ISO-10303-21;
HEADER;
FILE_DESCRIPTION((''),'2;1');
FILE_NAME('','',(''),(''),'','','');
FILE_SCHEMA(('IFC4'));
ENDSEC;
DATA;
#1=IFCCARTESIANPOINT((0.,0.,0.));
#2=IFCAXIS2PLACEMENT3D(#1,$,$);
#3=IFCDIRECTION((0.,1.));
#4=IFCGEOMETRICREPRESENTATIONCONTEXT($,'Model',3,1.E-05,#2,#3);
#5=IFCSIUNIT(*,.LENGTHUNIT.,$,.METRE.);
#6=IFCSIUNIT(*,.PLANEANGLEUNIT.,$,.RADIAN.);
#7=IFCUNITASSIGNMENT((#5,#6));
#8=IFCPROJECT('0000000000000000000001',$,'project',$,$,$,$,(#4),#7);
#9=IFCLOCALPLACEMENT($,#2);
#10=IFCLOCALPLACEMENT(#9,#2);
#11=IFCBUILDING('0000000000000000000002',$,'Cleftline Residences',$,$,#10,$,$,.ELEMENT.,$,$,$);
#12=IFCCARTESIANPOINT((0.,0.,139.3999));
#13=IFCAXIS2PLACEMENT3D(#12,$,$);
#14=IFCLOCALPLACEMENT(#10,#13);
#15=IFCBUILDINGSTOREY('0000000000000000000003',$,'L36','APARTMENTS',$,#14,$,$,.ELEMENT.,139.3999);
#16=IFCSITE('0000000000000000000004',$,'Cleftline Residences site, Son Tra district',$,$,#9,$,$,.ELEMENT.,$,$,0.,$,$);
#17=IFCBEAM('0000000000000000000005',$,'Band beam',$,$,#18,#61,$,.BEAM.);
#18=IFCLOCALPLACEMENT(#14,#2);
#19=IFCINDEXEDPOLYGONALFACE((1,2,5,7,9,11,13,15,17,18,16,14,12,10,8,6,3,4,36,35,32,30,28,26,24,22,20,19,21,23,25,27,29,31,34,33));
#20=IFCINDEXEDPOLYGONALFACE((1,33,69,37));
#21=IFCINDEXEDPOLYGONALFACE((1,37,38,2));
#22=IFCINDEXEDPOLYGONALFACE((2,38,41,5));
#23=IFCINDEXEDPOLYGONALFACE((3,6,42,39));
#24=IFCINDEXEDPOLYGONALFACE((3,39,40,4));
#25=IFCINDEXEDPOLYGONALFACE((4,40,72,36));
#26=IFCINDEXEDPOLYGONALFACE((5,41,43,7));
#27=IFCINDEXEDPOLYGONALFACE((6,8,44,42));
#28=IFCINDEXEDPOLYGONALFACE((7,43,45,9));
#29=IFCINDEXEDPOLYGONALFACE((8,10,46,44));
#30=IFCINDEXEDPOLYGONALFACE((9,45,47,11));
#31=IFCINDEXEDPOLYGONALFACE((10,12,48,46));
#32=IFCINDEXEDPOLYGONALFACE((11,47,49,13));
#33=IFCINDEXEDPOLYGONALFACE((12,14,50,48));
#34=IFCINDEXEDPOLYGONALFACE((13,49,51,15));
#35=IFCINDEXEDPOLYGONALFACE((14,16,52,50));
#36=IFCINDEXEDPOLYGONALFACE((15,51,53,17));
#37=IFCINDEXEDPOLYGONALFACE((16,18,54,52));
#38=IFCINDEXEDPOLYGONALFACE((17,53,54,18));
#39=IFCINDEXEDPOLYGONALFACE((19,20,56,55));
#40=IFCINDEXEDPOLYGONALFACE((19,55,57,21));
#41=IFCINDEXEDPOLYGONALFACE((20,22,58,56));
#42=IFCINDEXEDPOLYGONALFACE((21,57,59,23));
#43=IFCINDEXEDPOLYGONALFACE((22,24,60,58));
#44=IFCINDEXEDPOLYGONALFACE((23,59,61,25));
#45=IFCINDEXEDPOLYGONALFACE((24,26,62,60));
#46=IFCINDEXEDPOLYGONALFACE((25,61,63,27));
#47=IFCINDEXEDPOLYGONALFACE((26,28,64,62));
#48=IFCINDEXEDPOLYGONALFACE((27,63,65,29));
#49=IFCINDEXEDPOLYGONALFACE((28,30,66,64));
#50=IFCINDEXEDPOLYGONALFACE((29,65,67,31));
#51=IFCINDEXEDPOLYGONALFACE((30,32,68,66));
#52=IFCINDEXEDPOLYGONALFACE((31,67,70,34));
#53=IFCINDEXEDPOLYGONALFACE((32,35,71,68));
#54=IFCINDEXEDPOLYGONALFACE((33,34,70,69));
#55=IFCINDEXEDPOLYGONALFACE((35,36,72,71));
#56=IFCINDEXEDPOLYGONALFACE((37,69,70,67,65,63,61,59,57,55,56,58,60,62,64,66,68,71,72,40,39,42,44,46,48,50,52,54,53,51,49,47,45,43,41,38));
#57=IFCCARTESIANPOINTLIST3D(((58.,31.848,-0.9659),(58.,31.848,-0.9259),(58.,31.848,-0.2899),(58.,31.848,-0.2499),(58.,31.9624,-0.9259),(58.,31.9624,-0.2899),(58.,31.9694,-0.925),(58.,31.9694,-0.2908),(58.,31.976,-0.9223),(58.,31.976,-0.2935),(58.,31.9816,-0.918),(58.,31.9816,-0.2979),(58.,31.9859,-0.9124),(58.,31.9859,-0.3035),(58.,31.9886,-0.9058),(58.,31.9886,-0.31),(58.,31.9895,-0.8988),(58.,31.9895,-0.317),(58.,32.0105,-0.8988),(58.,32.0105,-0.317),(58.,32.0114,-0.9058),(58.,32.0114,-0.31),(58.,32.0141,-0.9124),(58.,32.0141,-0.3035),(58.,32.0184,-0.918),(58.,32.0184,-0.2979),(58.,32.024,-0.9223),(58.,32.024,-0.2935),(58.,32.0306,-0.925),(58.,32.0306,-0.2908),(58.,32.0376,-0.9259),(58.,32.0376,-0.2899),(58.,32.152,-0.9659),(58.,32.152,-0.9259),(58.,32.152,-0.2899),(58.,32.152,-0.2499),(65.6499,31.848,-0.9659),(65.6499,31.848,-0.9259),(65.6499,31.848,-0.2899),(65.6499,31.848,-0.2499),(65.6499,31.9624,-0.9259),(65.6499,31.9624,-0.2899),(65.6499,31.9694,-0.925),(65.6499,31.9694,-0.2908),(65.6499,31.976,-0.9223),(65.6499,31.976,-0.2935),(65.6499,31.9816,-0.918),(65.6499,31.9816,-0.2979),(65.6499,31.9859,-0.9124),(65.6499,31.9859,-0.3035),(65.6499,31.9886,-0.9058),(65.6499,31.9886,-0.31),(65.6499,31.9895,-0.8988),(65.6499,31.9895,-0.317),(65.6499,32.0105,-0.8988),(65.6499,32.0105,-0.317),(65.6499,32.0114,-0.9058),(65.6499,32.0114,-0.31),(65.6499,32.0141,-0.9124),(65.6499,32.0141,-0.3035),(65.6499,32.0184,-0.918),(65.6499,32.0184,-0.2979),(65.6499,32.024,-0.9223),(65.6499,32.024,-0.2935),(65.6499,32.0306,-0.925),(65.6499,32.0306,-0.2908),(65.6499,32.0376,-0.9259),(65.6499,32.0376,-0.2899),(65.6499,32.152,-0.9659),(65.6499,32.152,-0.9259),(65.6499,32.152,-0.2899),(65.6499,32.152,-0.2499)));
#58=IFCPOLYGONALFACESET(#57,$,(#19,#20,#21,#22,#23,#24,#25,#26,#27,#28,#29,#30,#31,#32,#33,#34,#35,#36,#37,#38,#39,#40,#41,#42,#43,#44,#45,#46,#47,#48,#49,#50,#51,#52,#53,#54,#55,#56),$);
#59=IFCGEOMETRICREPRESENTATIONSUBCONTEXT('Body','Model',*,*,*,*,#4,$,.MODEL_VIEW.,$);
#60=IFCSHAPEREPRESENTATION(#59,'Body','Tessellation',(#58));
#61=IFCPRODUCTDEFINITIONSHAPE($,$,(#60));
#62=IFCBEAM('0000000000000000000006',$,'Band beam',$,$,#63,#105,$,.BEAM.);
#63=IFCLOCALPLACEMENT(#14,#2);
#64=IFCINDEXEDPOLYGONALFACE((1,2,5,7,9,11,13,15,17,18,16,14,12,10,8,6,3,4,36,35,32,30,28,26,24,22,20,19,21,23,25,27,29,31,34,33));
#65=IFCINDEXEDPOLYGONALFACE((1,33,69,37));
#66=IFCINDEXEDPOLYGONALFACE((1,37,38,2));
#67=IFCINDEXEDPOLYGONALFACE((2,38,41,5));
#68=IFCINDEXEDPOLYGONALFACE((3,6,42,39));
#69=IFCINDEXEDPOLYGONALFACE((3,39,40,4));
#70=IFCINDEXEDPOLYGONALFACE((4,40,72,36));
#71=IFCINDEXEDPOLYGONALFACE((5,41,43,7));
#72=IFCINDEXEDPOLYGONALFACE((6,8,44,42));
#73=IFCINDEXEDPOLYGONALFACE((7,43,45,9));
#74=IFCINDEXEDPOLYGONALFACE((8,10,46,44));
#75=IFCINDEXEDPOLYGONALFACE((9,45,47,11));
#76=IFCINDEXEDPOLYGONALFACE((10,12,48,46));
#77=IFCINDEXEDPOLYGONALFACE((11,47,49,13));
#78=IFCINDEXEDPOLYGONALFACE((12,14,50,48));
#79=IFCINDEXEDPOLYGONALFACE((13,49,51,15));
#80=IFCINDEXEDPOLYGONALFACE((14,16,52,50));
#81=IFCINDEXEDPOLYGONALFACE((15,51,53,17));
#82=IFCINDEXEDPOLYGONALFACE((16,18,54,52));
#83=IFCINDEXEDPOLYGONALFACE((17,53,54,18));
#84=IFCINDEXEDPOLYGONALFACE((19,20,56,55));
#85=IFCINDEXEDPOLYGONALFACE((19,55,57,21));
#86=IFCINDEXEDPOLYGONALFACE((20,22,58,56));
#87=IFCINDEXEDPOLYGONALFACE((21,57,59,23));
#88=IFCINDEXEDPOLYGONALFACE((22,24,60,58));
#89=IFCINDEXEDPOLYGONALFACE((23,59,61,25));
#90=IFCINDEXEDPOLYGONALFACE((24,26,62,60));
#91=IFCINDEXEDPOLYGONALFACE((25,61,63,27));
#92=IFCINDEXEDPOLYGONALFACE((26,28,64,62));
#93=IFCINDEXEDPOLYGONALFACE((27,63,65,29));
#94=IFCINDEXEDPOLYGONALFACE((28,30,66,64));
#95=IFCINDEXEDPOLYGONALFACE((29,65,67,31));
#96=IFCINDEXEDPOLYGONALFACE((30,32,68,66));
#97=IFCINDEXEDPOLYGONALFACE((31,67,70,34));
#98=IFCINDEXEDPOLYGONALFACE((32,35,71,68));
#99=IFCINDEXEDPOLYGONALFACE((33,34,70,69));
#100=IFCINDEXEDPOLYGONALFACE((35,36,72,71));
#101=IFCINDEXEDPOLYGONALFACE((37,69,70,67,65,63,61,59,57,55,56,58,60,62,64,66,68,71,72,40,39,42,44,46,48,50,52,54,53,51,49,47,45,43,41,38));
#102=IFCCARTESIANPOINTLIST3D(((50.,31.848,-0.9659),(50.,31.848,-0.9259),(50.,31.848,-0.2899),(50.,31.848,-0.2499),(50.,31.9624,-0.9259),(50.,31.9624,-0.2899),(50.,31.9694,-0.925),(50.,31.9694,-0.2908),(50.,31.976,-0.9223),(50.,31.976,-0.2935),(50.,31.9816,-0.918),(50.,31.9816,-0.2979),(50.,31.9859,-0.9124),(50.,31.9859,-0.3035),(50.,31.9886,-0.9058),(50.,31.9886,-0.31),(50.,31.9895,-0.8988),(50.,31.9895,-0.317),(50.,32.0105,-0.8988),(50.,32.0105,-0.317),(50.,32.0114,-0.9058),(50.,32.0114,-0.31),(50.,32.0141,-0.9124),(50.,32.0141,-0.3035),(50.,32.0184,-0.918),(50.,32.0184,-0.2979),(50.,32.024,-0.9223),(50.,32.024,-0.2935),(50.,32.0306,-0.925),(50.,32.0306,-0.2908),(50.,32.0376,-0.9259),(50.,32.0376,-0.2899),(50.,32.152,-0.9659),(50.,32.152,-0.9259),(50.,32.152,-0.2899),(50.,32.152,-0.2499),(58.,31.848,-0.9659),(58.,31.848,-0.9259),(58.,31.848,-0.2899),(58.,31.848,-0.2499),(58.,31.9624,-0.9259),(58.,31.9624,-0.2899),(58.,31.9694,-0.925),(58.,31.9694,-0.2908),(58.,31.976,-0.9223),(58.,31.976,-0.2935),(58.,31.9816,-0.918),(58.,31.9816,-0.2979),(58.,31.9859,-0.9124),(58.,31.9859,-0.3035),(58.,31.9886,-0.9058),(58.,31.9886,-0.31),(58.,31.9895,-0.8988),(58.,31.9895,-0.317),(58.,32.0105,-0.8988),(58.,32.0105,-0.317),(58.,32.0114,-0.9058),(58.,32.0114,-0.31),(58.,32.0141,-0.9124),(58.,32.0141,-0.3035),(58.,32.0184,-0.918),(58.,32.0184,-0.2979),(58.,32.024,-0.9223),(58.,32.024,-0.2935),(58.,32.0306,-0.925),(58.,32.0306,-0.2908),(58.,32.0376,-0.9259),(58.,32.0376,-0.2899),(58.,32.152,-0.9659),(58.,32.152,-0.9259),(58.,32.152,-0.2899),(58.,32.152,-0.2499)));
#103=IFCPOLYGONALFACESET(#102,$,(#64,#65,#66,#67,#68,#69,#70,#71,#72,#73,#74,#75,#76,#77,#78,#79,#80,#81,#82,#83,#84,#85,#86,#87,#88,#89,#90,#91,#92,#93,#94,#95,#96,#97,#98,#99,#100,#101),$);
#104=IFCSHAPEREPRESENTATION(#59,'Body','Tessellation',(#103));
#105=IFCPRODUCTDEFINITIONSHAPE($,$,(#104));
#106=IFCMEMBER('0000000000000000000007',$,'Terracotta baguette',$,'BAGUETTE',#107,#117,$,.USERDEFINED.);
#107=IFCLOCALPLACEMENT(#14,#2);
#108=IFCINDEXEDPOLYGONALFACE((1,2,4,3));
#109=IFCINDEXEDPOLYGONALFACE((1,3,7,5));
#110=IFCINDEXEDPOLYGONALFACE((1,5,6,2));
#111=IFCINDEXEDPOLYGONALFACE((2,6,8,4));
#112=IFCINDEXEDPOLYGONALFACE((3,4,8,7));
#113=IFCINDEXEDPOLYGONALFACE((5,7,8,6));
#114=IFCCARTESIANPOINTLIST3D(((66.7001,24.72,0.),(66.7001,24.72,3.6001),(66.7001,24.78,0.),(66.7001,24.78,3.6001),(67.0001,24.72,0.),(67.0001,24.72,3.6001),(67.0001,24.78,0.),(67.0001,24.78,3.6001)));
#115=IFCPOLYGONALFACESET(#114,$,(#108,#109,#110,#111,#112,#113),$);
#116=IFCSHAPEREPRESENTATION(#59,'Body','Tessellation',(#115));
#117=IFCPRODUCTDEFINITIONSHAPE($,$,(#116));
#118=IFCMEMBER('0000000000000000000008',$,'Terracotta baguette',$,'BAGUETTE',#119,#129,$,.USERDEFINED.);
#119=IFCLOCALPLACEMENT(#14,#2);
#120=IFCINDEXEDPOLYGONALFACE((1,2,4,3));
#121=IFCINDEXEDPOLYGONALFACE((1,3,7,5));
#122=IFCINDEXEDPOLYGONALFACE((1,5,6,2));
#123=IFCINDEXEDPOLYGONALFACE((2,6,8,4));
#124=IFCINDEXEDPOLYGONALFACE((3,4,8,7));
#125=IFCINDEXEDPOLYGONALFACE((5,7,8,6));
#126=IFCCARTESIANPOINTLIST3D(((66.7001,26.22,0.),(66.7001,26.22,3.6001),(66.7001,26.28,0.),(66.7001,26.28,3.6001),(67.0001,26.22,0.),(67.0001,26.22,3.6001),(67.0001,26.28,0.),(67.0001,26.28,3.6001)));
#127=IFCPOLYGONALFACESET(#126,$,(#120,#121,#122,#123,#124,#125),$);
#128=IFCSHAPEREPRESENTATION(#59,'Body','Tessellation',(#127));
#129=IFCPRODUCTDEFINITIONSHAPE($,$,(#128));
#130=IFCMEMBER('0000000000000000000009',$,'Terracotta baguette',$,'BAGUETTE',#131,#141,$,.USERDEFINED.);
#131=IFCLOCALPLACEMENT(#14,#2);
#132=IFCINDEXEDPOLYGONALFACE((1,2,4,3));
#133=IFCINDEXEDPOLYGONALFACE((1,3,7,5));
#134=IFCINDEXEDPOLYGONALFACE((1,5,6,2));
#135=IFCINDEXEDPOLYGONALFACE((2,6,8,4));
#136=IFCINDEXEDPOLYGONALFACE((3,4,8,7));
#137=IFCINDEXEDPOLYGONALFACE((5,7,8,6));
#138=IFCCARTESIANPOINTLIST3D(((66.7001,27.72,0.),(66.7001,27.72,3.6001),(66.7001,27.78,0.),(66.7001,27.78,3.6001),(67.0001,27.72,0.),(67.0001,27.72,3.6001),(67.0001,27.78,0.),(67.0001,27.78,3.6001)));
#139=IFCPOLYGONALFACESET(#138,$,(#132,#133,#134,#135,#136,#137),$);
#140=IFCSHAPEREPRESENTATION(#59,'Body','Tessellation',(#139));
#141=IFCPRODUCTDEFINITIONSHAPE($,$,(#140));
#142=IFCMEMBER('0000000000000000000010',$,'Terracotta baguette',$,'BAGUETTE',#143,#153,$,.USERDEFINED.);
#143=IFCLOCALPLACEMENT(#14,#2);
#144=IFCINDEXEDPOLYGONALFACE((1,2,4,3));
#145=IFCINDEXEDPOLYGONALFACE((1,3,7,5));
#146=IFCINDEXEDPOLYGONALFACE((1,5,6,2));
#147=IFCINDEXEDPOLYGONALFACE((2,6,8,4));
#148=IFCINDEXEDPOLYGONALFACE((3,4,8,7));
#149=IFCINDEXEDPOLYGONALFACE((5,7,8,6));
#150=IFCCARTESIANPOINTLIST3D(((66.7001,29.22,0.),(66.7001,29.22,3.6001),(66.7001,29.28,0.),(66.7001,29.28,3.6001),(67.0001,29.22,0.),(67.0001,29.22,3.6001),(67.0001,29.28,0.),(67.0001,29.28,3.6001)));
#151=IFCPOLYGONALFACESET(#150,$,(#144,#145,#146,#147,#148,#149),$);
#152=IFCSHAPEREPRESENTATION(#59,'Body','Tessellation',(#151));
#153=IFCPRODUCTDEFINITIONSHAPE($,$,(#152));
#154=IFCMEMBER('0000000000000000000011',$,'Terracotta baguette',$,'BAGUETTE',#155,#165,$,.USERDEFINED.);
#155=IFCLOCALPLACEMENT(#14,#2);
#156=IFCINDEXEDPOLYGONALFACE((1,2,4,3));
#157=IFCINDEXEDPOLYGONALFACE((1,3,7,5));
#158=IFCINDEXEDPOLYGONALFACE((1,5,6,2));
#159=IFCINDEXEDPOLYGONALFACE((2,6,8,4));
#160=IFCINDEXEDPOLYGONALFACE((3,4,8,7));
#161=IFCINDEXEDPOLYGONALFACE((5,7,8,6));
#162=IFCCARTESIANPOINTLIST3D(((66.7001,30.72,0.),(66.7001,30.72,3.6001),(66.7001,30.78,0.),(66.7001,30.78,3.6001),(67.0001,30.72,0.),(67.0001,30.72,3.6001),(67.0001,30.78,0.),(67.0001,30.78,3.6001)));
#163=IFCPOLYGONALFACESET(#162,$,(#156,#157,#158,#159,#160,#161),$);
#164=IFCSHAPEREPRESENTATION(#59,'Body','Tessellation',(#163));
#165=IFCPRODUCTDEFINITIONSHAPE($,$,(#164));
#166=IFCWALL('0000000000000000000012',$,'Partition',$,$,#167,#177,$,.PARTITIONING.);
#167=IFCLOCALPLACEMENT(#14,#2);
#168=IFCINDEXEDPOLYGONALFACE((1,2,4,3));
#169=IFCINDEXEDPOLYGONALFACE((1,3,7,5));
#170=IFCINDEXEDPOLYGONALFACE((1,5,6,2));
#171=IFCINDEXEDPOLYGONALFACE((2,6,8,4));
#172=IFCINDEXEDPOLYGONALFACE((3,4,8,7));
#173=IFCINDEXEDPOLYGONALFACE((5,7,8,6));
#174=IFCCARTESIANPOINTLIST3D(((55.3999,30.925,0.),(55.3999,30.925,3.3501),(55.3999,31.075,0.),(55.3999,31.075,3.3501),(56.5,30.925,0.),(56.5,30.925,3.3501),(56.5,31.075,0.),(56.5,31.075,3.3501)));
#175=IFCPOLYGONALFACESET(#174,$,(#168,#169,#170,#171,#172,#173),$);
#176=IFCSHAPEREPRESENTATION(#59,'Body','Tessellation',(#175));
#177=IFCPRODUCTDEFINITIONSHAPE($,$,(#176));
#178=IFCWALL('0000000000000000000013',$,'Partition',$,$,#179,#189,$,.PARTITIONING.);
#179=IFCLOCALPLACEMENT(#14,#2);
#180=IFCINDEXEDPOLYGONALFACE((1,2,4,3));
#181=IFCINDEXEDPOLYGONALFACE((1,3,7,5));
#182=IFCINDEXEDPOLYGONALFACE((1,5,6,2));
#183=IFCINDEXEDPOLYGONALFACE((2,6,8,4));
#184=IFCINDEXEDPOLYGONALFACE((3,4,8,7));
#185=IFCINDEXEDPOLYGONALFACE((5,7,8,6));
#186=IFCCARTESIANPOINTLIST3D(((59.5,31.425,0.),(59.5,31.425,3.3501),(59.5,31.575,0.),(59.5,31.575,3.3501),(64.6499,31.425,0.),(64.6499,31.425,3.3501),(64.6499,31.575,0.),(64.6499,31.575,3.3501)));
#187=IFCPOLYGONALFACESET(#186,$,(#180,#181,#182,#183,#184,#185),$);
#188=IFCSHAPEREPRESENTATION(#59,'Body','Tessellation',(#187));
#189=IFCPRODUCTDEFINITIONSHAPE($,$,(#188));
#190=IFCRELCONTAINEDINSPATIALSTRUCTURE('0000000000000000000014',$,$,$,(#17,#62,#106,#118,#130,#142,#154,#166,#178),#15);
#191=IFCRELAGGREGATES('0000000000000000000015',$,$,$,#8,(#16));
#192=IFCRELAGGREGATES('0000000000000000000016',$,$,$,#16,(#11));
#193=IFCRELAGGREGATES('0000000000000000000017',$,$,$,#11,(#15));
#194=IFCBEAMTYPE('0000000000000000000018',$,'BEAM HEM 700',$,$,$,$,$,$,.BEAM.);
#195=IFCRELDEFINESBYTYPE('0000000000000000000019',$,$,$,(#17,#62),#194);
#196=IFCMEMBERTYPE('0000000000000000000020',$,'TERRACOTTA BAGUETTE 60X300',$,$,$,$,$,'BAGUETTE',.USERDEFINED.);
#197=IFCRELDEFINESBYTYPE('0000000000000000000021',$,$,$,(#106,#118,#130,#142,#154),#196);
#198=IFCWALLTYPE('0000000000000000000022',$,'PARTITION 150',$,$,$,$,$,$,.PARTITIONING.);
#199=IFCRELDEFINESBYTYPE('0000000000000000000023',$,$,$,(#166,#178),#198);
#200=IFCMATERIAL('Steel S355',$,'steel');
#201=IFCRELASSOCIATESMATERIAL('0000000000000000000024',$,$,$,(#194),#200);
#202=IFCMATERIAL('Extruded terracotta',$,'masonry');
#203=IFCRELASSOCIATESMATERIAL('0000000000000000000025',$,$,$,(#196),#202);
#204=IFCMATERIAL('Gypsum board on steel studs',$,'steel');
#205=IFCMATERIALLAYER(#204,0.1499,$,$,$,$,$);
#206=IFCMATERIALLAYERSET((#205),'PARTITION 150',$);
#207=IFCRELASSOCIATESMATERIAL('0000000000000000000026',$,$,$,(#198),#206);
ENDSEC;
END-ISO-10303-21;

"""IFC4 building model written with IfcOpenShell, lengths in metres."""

from ifc_helpers import new_model, si_unit, direction, frame, frame_2d, origin, origin_2d, place, context, subcontext, project, spatial, rectangle, i_section, extrude, material, layer, layer_set, material_profile, profile_set, type_object, element, save


model = new_model("IFC4")

# Units and contexts
model_context = context("Model", 3, precision=1e-05, world=origin(), true_north=direction((0.0, 1.0)))
body_context = subcontext(model_context, "Body", "Model", "MODEL_VIEW")
ifc_project = project(units=[si_unit("LENGTHUNIT", "METRE"), si_unit("PLANEANGLEUNIT", "RADIAN")], contexts=[model_context])

# Site, building, storey
site_placement = place(None, origin())
site = spatial("IfcSite", under=ifc_project, at=site_placement, Name="Cleftline Residences site, Son Tra district", CompositionType="ELEMENT", RefElevation=0.0)
building_placement = place(site_placement, origin())
building = spatial("IfcBuilding", under=site, at=building_placement, Name="Cleftline Residences", CompositionType="ELEMENT")
storey_placement = place(building_placement, frame((0.0, 0.0, 139.3999)))
storey = spatial("IfcBuildingStorey", under=building, at=storey_placement, Name="L36", Description="APARTMENTS", CompositionType="ELEMENT", Elevation=139.3999)

# Beams
ifc_material_1 = material(Name="Steel S355", Category="steel")
ifc_material_profile_1 = material_profile(ifc_material_1, i_section(OverallWidth=0.304, OverallDepth=0.7161, WebThickness=0.021, FlangeThickness=0.04, FilletRadius=0.0271, at=origin_2d()))
ifc_profile_set_1 = profile_set([ifc_material_profile_1], Name="Steel S355")
beam_type_1 = type_object("IfcBeamType", Name="BEAM HEM 700", PredefinedType="BEAM", material=ifc_profile_set_1)
beam_1_placement = place(storey_placement, frame((65.6499, 32.0, -0.6079), z_axis=(-1.0, 0.0, 0.0), x_axis=(0.0, -1.0, 0.0)))
element("IfcBeam", 1, at=beam_1_placement, inside=storey, type_object=beam_type_1, Name="Band beam", PredefinedType="BEAM", context=body_context, shape_type="SweptSolid", body=[
    extrude(i_section(OverallWidth=0.304, OverallDepth=0.7161, WebThickness=0.021, FlangeThickness=0.04, FilletRadius=0.0271, at=origin_2d()), origin(), (0.0, 0.0, 1.0), 7.6499),
])
beam_2_placement = place(storey_placement, frame((58.0, 32.0, -0.6079), z_axis=(-1.0, 0.0, 0.0), x_axis=(0.0, -1.0, 0.0)))
element("IfcBeam", 2, at=beam_2_placement, inside=storey, type_object=beam_type_1, Name="Band beam", PredefinedType="BEAM", context=body_context, shape_type="SweptSolid", body=[
    extrude(i_section(OverallWidth=0.304, OverallDepth=0.7161, WebThickness=0.021, FlangeThickness=0.04, FilletRadius=0.0271, at=origin_2d()), origin(), (0.0, 0.0, 1.0), 8.0),
])

# Members
ifc_material_2 = material(Name="Extruded terracotta", Category="masonry")
ifc_material_profile_2 = material_profile(ifc_material_2, rectangle(XDim=0.0601, YDim=0.3, at=origin_2d()))
ifc_profile_set_2 = profile_set([ifc_material_profile_2], Name="Extruded terracotta")
member_type_1 = type_object("IfcMemberType", Name="TERRACOTTA BAGUETTE 60X300", ElementType="BAGUETTE", PredefinedType="USERDEFINED", material=ifc_profile_set_2)
for number, where, z_axis, x_axis, name in (
    (3, (66.8501, 24.75, 0.0), (0.0, 0.0, 1.0), (0.0, 1.0, 0.0), "Terracotta baguette"),
    (4, (66.8501, 26.25, 0.0), (0.0, 0.0, 1.0), (0.0, 1.0, 0.0), "Terracotta baguette"),
    (5, (66.8501, 27.75, 0.0), (0.0, 0.0, 1.0), (0.0, 1.0, 0.0), "Terracotta baguette"),
    (6, (66.8501, 29.25, 0.0), (0.0, 0.0, 1.0), (0.0, 1.0, 0.0), "Terracotta baguette"),
    (7, (66.8501, 30.75, 0.0), (0.0, 0.0, 1.0), (0.0, 1.0, 0.0), "Terracotta baguette"),
):
    element("IfcMember", number, at=place(storey_placement, frame(where, z_axis=z_axis, x_axis=x_axis)), inside=storey, type_object=member_type_1, Name=name, ObjectType="BAGUETTE", PredefinedType="USERDEFINED", context=body_context, shape_type="SweptSolid", body=[
        extrude(rectangle(XDim=0.0601, YDim=0.3, at=origin_2d()), origin(), (0.0, 0.0, 1.0), 3.6001),
    ])

# Walls
ifc_material_3 = material(Name="Gypsum board on steel studs", Category="steel")
ifc_layer_1 = layer(ifc_material_3, 0.1499)
ifc_layer_set_1 = layer_set([ifc_layer_1], Name="PARTITION 150")
wall_type_1 = type_object("IfcWallType", Name="PARTITION 150", PredefinedType="PARTITIONING", material=ifc_layer_set_1)
wall_1_placement = place(storey_placement, frame((55.3999, 31.0, 0.0), z_axis=(0.0, 0.0, 1.0), x_axis=(1.0, 0.0, 0.0)))
element("IfcWall", 8, at=wall_1_placement, inside=storey, type_object=wall_type_1, Name="Partition", PredefinedType="PARTITIONING", context=body_context, shape_type="SweptSolid", body=[
    extrude(rectangle(XDim=1.1001, YDim=0.1499, at=frame_2d((0.55, 0.0))), origin(), (0.0, 0.0, 1.0), 3.3501),
])
wall_2_placement = place(storey_placement, frame((59.5, 31.5, 0.0), z_axis=(0.0, 0.0, 1.0), x_axis=(1.0, 0.0, 0.0)))
element("IfcWall", 9, at=wall_2_placement, inside=storey, type_object=wall_type_1, Name="Partition", PredefinedType="PARTITIONING", context=body_context, shape_type="SweptSolid", body=[
    extrude(rectangle(XDim=5.1499, YDim=0.1499, at=frame_2d((2.575, 0.0))), origin(), (0.0, 0.0, 1.0), 3.3501),
])

save(model, "model.ifc")
